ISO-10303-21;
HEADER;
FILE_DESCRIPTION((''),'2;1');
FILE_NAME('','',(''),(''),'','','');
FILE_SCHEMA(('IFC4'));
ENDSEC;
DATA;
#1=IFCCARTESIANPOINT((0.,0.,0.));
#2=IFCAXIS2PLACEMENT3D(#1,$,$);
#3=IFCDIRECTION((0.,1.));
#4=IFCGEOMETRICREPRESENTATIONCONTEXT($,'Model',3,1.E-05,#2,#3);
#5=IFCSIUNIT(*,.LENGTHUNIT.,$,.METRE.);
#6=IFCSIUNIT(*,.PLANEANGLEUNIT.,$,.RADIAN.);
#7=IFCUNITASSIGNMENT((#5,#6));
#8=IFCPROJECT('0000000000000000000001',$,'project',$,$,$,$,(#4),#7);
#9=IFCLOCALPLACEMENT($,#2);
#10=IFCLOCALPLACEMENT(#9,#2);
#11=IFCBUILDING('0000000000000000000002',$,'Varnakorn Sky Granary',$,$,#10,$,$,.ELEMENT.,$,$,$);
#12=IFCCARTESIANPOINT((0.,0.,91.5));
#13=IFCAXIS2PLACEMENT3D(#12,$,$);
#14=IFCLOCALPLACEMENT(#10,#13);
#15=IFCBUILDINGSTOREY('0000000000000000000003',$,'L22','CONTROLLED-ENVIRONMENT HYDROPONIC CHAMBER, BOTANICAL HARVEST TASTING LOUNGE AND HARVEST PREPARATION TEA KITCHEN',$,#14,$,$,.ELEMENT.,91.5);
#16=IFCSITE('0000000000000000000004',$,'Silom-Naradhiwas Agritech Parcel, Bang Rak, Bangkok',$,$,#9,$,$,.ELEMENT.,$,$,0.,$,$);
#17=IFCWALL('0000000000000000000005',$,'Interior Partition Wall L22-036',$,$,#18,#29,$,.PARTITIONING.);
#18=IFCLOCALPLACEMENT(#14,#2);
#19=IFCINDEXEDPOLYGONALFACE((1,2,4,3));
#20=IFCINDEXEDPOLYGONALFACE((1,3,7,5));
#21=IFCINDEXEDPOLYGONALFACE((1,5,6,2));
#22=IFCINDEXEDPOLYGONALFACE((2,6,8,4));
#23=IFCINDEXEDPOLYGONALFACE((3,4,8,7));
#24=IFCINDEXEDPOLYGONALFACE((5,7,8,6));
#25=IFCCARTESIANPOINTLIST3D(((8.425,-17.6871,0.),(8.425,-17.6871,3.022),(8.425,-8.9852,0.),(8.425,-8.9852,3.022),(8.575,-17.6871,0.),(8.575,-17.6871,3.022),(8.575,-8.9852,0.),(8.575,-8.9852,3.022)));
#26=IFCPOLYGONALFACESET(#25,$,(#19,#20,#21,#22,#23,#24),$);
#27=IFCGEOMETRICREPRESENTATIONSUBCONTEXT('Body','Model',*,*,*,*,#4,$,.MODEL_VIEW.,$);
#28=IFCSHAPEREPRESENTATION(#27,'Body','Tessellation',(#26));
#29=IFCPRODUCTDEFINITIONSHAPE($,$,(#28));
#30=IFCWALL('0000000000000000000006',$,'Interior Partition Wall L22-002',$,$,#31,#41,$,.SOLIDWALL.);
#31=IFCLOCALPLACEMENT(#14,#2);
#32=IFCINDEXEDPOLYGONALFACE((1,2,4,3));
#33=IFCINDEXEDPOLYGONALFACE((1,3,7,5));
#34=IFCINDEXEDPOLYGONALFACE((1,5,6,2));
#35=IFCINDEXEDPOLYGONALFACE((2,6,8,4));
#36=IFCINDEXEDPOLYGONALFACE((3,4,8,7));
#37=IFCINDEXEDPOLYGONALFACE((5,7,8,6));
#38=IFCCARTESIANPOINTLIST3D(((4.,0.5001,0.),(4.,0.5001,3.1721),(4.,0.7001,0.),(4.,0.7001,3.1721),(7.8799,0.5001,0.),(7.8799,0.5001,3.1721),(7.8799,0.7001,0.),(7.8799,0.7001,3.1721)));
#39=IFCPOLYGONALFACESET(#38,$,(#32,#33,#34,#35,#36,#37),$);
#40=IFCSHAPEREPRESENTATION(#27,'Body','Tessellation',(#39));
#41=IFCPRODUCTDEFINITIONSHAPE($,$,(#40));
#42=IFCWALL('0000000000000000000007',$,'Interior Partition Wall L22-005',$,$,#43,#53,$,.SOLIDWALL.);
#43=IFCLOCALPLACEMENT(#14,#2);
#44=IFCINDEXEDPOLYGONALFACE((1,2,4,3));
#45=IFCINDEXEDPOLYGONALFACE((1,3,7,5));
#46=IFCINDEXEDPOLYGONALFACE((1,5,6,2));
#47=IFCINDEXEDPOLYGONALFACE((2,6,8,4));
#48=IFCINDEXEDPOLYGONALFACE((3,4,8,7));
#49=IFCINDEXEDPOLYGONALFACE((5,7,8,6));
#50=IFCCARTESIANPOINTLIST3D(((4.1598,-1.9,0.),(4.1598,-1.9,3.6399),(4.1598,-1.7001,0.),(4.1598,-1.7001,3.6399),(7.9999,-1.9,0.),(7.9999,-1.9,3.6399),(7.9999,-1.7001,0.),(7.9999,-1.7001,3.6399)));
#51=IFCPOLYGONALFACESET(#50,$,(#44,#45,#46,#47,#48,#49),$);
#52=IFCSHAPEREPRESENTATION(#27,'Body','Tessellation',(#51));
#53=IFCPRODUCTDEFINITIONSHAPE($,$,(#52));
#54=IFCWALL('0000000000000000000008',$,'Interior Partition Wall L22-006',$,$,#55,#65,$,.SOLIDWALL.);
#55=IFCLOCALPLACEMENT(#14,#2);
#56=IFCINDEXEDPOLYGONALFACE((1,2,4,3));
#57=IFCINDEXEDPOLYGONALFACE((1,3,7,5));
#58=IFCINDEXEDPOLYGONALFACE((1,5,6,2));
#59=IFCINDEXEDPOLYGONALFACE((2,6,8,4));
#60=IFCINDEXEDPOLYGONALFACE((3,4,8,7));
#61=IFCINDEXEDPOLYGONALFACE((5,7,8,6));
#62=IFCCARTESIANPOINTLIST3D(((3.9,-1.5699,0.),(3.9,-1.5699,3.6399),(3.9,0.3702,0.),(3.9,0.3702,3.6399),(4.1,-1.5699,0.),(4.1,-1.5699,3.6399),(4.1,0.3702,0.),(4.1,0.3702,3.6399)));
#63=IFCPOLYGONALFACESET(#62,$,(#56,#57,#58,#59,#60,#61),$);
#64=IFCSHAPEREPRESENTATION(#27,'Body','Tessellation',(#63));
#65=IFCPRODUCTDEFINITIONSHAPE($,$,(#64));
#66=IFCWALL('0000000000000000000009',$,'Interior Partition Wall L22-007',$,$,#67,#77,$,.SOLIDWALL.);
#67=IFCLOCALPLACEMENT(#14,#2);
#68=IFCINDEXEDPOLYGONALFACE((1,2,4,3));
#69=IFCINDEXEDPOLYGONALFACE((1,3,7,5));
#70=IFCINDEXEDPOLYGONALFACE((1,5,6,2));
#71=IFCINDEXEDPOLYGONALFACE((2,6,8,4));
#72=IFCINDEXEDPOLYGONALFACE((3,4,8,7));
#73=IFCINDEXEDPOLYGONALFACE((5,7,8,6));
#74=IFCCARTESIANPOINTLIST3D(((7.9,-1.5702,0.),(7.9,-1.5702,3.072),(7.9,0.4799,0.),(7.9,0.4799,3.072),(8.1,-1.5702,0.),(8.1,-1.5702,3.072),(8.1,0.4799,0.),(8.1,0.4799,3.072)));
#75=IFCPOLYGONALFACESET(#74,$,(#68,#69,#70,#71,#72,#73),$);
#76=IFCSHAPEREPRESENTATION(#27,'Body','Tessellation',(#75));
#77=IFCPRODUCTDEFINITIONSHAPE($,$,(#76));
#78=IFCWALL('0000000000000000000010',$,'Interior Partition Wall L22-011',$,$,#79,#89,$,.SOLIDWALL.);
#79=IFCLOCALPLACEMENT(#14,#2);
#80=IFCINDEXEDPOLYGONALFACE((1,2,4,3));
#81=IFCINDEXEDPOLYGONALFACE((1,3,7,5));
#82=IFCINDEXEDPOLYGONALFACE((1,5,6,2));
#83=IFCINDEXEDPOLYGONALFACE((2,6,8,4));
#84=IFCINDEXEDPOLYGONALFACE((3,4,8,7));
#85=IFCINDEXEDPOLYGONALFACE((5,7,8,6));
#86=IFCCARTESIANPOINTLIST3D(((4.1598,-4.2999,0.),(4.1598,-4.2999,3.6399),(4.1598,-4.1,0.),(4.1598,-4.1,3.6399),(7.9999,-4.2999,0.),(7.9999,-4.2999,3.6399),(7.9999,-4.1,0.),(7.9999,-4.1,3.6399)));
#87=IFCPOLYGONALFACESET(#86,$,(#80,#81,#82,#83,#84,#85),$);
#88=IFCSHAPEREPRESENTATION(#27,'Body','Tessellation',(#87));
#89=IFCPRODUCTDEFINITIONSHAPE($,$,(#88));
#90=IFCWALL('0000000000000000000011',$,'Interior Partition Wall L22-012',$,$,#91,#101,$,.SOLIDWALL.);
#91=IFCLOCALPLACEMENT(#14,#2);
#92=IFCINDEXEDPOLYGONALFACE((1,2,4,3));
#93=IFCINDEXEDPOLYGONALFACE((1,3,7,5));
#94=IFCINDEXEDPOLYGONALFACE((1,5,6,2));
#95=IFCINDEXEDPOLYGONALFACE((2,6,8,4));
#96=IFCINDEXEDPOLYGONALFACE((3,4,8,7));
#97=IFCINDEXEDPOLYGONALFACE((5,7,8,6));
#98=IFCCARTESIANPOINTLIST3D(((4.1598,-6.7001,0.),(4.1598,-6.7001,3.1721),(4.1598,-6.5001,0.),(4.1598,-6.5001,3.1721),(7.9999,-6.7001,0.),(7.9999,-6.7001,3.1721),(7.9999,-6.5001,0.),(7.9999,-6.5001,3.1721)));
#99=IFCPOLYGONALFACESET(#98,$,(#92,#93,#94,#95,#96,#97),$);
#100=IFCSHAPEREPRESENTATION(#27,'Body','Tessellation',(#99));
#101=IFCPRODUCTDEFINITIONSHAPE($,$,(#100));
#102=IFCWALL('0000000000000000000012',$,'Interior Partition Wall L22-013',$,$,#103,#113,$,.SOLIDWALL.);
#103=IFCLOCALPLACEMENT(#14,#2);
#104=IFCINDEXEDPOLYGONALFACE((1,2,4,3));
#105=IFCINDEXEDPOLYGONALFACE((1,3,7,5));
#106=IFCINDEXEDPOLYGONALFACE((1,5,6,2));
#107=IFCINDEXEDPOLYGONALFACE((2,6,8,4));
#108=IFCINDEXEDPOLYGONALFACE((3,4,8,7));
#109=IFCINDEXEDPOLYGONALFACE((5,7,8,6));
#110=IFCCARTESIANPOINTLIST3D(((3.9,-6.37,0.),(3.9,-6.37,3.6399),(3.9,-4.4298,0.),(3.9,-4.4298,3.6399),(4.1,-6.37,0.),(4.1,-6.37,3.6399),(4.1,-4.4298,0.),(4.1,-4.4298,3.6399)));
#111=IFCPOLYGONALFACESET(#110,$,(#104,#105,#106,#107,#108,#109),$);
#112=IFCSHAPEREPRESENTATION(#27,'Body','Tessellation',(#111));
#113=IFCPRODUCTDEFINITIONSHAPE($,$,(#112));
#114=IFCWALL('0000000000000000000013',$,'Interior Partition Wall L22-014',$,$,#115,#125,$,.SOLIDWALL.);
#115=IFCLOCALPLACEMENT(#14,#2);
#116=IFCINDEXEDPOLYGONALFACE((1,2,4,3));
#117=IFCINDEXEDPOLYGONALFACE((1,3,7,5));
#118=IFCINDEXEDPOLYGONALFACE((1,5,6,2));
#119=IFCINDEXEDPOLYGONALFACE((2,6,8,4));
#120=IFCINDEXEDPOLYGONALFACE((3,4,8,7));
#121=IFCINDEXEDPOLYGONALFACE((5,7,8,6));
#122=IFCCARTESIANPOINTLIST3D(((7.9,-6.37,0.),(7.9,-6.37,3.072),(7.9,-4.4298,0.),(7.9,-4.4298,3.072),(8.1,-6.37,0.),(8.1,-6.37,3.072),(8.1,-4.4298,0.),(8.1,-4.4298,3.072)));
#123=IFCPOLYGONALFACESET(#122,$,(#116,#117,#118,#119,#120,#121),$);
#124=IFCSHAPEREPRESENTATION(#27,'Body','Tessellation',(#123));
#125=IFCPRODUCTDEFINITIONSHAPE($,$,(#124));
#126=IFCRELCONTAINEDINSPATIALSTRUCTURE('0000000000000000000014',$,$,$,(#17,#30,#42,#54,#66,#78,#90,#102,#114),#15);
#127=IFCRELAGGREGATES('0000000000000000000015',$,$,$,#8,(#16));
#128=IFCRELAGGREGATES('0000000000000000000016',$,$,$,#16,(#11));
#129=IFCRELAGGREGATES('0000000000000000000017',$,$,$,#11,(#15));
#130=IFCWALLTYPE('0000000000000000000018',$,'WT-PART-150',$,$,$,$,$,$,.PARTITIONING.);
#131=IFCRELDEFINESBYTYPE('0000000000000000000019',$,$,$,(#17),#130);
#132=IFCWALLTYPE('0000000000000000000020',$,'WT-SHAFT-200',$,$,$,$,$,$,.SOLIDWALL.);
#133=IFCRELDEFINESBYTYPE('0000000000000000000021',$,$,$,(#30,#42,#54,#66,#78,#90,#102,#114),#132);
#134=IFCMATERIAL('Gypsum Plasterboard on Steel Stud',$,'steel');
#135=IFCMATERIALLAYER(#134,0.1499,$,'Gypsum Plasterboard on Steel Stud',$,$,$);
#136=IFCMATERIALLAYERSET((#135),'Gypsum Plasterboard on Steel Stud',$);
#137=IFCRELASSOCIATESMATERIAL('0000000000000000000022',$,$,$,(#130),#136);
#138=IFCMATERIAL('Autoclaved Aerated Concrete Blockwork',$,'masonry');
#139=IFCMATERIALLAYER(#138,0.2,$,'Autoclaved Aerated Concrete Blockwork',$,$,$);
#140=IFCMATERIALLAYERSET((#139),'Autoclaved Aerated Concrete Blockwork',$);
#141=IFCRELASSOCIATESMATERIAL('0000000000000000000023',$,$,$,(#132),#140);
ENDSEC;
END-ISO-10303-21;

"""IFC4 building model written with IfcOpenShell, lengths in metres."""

from ifc_helpers import new_model, si_unit, direction, frame, frame_2d, origin, place, context, subcontext, project, spatial, rectangle, extrude, material, layer, layer_set, type_object, element, save


model = new_model("IFC4")

# Units and contexts
model_context = context("Model", 3, precision=1e-05, world=origin(), true_north=direction((0.0, 1.0)))
body_context = subcontext(model_context, "Body", "Model", "MODEL_VIEW")
ifc_project = project(units=[si_unit("LENGTHUNIT", "METRE"), si_unit("PLANEANGLEUNIT", "RADIAN")], contexts=[model_context])

# Site, building, storey
site_placement = place(None, origin())
site = spatial("IfcSite", under=ifc_project, at=site_placement, Name="Silom-Naradhiwas Agritech Parcel, Bang Rak, Bangkok", CompositionType="ELEMENT", RefElevation=0.0)
building_placement = place(site_placement, origin())
building = spatial("IfcBuilding", under=site, at=building_placement, Name="Varnakorn Sky Granary", CompositionType="ELEMENT")
storey_placement = place(building_placement, frame((0.0, 0.0, 91.5)))
storey = spatial("IfcBuildingStorey", under=building, at=storey_placement, Name="L22", Description="CONTROLLED-ENVIRONMENT HYDROPONIC CHAMBER, BOTANICAL HARVEST TASTING LOUNGE AND HARVEST PREPARATION TEA KITCHEN", CompositionType="ELEMENT", Elevation=91.5)

# Shared definitions
ifc_material_1 = material(Name="Autoclaved Aerated Concrete Blockwork", Category="masonry")
ifc_material_2 = material(Name="Gypsum Plasterboard on Steel Stud", Category="steel")
ifc_layer_1 = layer(ifc_material_2, 0.1499, Name="Gypsum Plasterboard on Steel Stud")
ifc_layer_set_1 = layer_set([ifc_layer_1], Name="Gypsum Plasterboard on Steel Stud")
wall_type_1 = type_object("IfcWallType", Name="WT-PART-150", PredefinedType="PARTITIONING", material=ifc_layer_set_1)

# Walls
wall_1_placement = place(storey_placement, frame((8.5, -8.9851, 0.0), z_axis=(0.0, 0.0, 1.0), x_axis=(0.0, -1.0, 0.0)))
element("IfcWall", 1, at=wall_1_placement, inside=storey, type_object=wall_type_1, Name="Interior Partition Wall L22-036", PredefinedType="PARTITIONING", context=body_context, shape_type="SweptSolid", body=[
    extrude(rectangle(XDim=8.7019, YDim=0.1499, at=frame_2d((4.3511, 0.0))), origin(), (0.0, 0.0, 1.0), 3.022),
])
ifc_layer_2 = layer(ifc_material_1, 0.2, Name="Autoclaved Aerated Concrete Blockwork")
ifc_layer_set_2 = layer_set([ifc_layer_2], Name="Autoclaved Aerated Concrete Blockwork")
wall_type_2 = type_object("IfcWallType", Name="WT-SHAFT-200", PredefinedType="SOLIDWALL", material=ifc_layer_set_2)
wall_2_placement = place(storey_placement, frame((4.0, 0.6001, 0.0), z_axis=(0.0, 0.0, 1.0), x_axis=(1.0, 0.0, 0.0)))
element("IfcWall", 2, at=wall_2_placement, inside=storey, type_object=wall_type_2, Name="Interior Partition Wall L22-002", PredefinedType="SOLIDWALL", context=body_context, shape_type="SweptSolid", body=[
    extrude(rectangle(XDim=3.8799, YDim=0.2, at=frame_2d((1.9399, 0.0))), origin(), (0.0, 0.0, 1.0), 3.1721),
])
wall_3_placement = place(storey_placement, frame((4.1599, -1.8, 0.0), z_axis=(0.0, 0.0, 1.0), x_axis=(1.0, 0.0, 0.0)))
element("IfcWall", 3, at=wall_3_placement, inside=storey, type_object=wall_type_2, Name="Interior Partition Wall L22-005", PredefinedType="SOLIDWALL", context=body_context, shape_type="SweptSolid", body=[
    extrude(rectangle(XDim=3.8401, YDim=0.2, at=frame_2d((1.9199, 0.0))), origin(), (0.0, 0.0, 1.0), 3.6399),
])
wall_4_placement = place(storey_placement, frame((4.0, -1.5701, 0.0), z_axis=(0.0, 0.0, 1.0), x_axis=(0.0, 1.0, 0.0)))
element("IfcWall", 4, at=wall_4_placement, inside=storey, type_object=wall_type_2, Name="Interior Partition Wall L22-006", PredefinedType="SOLIDWALL", context=body_context, shape_type="SweptSolid", body=[
    extrude(rectangle(XDim=1.9402, YDim=0.2, at=frame_2d((0.9702, 0.0))), origin(), (0.0, 0.0, 1.0), 3.6399),
])
wall_5_placement = place(storey_placement, frame((8.0, -1.5701, 0.0), z_axis=(0.0, 0.0, 1.0), x_axis=(0.0, 1.0, 0.0)))
element("IfcWall", 5, at=wall_5_placement, inside=storey, type_object=wall_type_2, Name="Interior Partition Wall L22-007", PredefinedType="SOLIDWALL", context=body_context, shape_type="SweptSolid", body=[
    extrude(rectangle(XDim=2.05, YDim=0.2, at=frame_2d((1.0249, 0.0))), origin(), (0.0, 0.0, 1.0), 3.072),
])
wall_6_placement = place(storey_placement, frame((4.1599, -4.2, 0.0), z_axis=(0.0, 0.0, 1.0), x_axis=(1.0, 0.0, 0.0)))
element("IfcWall", 6, at=wall_6_placement, inside=storey, type_object=wall_type_2, Name="Interior Partition Wall L22-011", PredefinedType="SOLIDWALL", context=body_context, shape_type="SweptSolid", body=[
    extrude(rectangle(XDim=3.8401, YDim=0.2, at=frame_2d((1.9199, 0.0))), origin(), (0.0, 0.0, 1.0), 3.6399),
])
wall_7_placement = place(storey_placement, frame((4.1599, -6.6001, 0.0), z_axis=(0.0, 0.0, 1.0), x_axis=(1.0, 0.0, 0.0)))
element("IfcWall", 7, at=wall_7_placement, inside=storey, type_object=wall_type_2, Name="Interior Partition Wall L22-012", PredefinedType="SOLIDWALL", context=body_context, shape_type="SweptSolid", body=[
    extrude(rectangle(XDim=3.8401, YDim=0.2, at=frame_2d((1.9199, 0.0))), origin(), (0.0, 0.0, 1.0), 3.1721),
])
wall_8_placement = place(storey_placement, frame((4.0, -6.3701, 0.0), z_axis=(0.0, 0.0, 1.0), x_axis=(0.0, 1.0, 0.0)))
element("IfcWall", 8, at=wall_8_placement, inside=storey, type_object=wall_type_2, Name="Interior Partition Wall L22-013", PredefinedType="SOLIDWALL", context=body_context, shape_type="SweptSolid", body=[
    extrude(rectangle(XDim=1.9402, YDim=0.2, at=frame_2d((0.9702, 0.0))), origin(), (0.0, 0.0, 1.0), 3.6399),
])
wall_9_placement = place(storey_placement, frame((8.0, -6.3701, 0.0), z_axis=(0.0, 0.0, 1.0), x_axis=(0.0, 1.0, 0.0)))
element("IfcWall", 9, at=wall_9_placement, inside=storey, type_object=wall_type_2, Name="Interior Partition Wall L22-014", PredefinedType="SOLIDWALL", context=body_context, shape_type="SweptSolid", body=[
    extrude(rectangle(XDim=1.9402, YDim=0.2, at=frame_2d((0.9702, 0.0))), origin(), (0.0, 0.0, 1.0), 3.072),
])

save(model, "model.ifc")
